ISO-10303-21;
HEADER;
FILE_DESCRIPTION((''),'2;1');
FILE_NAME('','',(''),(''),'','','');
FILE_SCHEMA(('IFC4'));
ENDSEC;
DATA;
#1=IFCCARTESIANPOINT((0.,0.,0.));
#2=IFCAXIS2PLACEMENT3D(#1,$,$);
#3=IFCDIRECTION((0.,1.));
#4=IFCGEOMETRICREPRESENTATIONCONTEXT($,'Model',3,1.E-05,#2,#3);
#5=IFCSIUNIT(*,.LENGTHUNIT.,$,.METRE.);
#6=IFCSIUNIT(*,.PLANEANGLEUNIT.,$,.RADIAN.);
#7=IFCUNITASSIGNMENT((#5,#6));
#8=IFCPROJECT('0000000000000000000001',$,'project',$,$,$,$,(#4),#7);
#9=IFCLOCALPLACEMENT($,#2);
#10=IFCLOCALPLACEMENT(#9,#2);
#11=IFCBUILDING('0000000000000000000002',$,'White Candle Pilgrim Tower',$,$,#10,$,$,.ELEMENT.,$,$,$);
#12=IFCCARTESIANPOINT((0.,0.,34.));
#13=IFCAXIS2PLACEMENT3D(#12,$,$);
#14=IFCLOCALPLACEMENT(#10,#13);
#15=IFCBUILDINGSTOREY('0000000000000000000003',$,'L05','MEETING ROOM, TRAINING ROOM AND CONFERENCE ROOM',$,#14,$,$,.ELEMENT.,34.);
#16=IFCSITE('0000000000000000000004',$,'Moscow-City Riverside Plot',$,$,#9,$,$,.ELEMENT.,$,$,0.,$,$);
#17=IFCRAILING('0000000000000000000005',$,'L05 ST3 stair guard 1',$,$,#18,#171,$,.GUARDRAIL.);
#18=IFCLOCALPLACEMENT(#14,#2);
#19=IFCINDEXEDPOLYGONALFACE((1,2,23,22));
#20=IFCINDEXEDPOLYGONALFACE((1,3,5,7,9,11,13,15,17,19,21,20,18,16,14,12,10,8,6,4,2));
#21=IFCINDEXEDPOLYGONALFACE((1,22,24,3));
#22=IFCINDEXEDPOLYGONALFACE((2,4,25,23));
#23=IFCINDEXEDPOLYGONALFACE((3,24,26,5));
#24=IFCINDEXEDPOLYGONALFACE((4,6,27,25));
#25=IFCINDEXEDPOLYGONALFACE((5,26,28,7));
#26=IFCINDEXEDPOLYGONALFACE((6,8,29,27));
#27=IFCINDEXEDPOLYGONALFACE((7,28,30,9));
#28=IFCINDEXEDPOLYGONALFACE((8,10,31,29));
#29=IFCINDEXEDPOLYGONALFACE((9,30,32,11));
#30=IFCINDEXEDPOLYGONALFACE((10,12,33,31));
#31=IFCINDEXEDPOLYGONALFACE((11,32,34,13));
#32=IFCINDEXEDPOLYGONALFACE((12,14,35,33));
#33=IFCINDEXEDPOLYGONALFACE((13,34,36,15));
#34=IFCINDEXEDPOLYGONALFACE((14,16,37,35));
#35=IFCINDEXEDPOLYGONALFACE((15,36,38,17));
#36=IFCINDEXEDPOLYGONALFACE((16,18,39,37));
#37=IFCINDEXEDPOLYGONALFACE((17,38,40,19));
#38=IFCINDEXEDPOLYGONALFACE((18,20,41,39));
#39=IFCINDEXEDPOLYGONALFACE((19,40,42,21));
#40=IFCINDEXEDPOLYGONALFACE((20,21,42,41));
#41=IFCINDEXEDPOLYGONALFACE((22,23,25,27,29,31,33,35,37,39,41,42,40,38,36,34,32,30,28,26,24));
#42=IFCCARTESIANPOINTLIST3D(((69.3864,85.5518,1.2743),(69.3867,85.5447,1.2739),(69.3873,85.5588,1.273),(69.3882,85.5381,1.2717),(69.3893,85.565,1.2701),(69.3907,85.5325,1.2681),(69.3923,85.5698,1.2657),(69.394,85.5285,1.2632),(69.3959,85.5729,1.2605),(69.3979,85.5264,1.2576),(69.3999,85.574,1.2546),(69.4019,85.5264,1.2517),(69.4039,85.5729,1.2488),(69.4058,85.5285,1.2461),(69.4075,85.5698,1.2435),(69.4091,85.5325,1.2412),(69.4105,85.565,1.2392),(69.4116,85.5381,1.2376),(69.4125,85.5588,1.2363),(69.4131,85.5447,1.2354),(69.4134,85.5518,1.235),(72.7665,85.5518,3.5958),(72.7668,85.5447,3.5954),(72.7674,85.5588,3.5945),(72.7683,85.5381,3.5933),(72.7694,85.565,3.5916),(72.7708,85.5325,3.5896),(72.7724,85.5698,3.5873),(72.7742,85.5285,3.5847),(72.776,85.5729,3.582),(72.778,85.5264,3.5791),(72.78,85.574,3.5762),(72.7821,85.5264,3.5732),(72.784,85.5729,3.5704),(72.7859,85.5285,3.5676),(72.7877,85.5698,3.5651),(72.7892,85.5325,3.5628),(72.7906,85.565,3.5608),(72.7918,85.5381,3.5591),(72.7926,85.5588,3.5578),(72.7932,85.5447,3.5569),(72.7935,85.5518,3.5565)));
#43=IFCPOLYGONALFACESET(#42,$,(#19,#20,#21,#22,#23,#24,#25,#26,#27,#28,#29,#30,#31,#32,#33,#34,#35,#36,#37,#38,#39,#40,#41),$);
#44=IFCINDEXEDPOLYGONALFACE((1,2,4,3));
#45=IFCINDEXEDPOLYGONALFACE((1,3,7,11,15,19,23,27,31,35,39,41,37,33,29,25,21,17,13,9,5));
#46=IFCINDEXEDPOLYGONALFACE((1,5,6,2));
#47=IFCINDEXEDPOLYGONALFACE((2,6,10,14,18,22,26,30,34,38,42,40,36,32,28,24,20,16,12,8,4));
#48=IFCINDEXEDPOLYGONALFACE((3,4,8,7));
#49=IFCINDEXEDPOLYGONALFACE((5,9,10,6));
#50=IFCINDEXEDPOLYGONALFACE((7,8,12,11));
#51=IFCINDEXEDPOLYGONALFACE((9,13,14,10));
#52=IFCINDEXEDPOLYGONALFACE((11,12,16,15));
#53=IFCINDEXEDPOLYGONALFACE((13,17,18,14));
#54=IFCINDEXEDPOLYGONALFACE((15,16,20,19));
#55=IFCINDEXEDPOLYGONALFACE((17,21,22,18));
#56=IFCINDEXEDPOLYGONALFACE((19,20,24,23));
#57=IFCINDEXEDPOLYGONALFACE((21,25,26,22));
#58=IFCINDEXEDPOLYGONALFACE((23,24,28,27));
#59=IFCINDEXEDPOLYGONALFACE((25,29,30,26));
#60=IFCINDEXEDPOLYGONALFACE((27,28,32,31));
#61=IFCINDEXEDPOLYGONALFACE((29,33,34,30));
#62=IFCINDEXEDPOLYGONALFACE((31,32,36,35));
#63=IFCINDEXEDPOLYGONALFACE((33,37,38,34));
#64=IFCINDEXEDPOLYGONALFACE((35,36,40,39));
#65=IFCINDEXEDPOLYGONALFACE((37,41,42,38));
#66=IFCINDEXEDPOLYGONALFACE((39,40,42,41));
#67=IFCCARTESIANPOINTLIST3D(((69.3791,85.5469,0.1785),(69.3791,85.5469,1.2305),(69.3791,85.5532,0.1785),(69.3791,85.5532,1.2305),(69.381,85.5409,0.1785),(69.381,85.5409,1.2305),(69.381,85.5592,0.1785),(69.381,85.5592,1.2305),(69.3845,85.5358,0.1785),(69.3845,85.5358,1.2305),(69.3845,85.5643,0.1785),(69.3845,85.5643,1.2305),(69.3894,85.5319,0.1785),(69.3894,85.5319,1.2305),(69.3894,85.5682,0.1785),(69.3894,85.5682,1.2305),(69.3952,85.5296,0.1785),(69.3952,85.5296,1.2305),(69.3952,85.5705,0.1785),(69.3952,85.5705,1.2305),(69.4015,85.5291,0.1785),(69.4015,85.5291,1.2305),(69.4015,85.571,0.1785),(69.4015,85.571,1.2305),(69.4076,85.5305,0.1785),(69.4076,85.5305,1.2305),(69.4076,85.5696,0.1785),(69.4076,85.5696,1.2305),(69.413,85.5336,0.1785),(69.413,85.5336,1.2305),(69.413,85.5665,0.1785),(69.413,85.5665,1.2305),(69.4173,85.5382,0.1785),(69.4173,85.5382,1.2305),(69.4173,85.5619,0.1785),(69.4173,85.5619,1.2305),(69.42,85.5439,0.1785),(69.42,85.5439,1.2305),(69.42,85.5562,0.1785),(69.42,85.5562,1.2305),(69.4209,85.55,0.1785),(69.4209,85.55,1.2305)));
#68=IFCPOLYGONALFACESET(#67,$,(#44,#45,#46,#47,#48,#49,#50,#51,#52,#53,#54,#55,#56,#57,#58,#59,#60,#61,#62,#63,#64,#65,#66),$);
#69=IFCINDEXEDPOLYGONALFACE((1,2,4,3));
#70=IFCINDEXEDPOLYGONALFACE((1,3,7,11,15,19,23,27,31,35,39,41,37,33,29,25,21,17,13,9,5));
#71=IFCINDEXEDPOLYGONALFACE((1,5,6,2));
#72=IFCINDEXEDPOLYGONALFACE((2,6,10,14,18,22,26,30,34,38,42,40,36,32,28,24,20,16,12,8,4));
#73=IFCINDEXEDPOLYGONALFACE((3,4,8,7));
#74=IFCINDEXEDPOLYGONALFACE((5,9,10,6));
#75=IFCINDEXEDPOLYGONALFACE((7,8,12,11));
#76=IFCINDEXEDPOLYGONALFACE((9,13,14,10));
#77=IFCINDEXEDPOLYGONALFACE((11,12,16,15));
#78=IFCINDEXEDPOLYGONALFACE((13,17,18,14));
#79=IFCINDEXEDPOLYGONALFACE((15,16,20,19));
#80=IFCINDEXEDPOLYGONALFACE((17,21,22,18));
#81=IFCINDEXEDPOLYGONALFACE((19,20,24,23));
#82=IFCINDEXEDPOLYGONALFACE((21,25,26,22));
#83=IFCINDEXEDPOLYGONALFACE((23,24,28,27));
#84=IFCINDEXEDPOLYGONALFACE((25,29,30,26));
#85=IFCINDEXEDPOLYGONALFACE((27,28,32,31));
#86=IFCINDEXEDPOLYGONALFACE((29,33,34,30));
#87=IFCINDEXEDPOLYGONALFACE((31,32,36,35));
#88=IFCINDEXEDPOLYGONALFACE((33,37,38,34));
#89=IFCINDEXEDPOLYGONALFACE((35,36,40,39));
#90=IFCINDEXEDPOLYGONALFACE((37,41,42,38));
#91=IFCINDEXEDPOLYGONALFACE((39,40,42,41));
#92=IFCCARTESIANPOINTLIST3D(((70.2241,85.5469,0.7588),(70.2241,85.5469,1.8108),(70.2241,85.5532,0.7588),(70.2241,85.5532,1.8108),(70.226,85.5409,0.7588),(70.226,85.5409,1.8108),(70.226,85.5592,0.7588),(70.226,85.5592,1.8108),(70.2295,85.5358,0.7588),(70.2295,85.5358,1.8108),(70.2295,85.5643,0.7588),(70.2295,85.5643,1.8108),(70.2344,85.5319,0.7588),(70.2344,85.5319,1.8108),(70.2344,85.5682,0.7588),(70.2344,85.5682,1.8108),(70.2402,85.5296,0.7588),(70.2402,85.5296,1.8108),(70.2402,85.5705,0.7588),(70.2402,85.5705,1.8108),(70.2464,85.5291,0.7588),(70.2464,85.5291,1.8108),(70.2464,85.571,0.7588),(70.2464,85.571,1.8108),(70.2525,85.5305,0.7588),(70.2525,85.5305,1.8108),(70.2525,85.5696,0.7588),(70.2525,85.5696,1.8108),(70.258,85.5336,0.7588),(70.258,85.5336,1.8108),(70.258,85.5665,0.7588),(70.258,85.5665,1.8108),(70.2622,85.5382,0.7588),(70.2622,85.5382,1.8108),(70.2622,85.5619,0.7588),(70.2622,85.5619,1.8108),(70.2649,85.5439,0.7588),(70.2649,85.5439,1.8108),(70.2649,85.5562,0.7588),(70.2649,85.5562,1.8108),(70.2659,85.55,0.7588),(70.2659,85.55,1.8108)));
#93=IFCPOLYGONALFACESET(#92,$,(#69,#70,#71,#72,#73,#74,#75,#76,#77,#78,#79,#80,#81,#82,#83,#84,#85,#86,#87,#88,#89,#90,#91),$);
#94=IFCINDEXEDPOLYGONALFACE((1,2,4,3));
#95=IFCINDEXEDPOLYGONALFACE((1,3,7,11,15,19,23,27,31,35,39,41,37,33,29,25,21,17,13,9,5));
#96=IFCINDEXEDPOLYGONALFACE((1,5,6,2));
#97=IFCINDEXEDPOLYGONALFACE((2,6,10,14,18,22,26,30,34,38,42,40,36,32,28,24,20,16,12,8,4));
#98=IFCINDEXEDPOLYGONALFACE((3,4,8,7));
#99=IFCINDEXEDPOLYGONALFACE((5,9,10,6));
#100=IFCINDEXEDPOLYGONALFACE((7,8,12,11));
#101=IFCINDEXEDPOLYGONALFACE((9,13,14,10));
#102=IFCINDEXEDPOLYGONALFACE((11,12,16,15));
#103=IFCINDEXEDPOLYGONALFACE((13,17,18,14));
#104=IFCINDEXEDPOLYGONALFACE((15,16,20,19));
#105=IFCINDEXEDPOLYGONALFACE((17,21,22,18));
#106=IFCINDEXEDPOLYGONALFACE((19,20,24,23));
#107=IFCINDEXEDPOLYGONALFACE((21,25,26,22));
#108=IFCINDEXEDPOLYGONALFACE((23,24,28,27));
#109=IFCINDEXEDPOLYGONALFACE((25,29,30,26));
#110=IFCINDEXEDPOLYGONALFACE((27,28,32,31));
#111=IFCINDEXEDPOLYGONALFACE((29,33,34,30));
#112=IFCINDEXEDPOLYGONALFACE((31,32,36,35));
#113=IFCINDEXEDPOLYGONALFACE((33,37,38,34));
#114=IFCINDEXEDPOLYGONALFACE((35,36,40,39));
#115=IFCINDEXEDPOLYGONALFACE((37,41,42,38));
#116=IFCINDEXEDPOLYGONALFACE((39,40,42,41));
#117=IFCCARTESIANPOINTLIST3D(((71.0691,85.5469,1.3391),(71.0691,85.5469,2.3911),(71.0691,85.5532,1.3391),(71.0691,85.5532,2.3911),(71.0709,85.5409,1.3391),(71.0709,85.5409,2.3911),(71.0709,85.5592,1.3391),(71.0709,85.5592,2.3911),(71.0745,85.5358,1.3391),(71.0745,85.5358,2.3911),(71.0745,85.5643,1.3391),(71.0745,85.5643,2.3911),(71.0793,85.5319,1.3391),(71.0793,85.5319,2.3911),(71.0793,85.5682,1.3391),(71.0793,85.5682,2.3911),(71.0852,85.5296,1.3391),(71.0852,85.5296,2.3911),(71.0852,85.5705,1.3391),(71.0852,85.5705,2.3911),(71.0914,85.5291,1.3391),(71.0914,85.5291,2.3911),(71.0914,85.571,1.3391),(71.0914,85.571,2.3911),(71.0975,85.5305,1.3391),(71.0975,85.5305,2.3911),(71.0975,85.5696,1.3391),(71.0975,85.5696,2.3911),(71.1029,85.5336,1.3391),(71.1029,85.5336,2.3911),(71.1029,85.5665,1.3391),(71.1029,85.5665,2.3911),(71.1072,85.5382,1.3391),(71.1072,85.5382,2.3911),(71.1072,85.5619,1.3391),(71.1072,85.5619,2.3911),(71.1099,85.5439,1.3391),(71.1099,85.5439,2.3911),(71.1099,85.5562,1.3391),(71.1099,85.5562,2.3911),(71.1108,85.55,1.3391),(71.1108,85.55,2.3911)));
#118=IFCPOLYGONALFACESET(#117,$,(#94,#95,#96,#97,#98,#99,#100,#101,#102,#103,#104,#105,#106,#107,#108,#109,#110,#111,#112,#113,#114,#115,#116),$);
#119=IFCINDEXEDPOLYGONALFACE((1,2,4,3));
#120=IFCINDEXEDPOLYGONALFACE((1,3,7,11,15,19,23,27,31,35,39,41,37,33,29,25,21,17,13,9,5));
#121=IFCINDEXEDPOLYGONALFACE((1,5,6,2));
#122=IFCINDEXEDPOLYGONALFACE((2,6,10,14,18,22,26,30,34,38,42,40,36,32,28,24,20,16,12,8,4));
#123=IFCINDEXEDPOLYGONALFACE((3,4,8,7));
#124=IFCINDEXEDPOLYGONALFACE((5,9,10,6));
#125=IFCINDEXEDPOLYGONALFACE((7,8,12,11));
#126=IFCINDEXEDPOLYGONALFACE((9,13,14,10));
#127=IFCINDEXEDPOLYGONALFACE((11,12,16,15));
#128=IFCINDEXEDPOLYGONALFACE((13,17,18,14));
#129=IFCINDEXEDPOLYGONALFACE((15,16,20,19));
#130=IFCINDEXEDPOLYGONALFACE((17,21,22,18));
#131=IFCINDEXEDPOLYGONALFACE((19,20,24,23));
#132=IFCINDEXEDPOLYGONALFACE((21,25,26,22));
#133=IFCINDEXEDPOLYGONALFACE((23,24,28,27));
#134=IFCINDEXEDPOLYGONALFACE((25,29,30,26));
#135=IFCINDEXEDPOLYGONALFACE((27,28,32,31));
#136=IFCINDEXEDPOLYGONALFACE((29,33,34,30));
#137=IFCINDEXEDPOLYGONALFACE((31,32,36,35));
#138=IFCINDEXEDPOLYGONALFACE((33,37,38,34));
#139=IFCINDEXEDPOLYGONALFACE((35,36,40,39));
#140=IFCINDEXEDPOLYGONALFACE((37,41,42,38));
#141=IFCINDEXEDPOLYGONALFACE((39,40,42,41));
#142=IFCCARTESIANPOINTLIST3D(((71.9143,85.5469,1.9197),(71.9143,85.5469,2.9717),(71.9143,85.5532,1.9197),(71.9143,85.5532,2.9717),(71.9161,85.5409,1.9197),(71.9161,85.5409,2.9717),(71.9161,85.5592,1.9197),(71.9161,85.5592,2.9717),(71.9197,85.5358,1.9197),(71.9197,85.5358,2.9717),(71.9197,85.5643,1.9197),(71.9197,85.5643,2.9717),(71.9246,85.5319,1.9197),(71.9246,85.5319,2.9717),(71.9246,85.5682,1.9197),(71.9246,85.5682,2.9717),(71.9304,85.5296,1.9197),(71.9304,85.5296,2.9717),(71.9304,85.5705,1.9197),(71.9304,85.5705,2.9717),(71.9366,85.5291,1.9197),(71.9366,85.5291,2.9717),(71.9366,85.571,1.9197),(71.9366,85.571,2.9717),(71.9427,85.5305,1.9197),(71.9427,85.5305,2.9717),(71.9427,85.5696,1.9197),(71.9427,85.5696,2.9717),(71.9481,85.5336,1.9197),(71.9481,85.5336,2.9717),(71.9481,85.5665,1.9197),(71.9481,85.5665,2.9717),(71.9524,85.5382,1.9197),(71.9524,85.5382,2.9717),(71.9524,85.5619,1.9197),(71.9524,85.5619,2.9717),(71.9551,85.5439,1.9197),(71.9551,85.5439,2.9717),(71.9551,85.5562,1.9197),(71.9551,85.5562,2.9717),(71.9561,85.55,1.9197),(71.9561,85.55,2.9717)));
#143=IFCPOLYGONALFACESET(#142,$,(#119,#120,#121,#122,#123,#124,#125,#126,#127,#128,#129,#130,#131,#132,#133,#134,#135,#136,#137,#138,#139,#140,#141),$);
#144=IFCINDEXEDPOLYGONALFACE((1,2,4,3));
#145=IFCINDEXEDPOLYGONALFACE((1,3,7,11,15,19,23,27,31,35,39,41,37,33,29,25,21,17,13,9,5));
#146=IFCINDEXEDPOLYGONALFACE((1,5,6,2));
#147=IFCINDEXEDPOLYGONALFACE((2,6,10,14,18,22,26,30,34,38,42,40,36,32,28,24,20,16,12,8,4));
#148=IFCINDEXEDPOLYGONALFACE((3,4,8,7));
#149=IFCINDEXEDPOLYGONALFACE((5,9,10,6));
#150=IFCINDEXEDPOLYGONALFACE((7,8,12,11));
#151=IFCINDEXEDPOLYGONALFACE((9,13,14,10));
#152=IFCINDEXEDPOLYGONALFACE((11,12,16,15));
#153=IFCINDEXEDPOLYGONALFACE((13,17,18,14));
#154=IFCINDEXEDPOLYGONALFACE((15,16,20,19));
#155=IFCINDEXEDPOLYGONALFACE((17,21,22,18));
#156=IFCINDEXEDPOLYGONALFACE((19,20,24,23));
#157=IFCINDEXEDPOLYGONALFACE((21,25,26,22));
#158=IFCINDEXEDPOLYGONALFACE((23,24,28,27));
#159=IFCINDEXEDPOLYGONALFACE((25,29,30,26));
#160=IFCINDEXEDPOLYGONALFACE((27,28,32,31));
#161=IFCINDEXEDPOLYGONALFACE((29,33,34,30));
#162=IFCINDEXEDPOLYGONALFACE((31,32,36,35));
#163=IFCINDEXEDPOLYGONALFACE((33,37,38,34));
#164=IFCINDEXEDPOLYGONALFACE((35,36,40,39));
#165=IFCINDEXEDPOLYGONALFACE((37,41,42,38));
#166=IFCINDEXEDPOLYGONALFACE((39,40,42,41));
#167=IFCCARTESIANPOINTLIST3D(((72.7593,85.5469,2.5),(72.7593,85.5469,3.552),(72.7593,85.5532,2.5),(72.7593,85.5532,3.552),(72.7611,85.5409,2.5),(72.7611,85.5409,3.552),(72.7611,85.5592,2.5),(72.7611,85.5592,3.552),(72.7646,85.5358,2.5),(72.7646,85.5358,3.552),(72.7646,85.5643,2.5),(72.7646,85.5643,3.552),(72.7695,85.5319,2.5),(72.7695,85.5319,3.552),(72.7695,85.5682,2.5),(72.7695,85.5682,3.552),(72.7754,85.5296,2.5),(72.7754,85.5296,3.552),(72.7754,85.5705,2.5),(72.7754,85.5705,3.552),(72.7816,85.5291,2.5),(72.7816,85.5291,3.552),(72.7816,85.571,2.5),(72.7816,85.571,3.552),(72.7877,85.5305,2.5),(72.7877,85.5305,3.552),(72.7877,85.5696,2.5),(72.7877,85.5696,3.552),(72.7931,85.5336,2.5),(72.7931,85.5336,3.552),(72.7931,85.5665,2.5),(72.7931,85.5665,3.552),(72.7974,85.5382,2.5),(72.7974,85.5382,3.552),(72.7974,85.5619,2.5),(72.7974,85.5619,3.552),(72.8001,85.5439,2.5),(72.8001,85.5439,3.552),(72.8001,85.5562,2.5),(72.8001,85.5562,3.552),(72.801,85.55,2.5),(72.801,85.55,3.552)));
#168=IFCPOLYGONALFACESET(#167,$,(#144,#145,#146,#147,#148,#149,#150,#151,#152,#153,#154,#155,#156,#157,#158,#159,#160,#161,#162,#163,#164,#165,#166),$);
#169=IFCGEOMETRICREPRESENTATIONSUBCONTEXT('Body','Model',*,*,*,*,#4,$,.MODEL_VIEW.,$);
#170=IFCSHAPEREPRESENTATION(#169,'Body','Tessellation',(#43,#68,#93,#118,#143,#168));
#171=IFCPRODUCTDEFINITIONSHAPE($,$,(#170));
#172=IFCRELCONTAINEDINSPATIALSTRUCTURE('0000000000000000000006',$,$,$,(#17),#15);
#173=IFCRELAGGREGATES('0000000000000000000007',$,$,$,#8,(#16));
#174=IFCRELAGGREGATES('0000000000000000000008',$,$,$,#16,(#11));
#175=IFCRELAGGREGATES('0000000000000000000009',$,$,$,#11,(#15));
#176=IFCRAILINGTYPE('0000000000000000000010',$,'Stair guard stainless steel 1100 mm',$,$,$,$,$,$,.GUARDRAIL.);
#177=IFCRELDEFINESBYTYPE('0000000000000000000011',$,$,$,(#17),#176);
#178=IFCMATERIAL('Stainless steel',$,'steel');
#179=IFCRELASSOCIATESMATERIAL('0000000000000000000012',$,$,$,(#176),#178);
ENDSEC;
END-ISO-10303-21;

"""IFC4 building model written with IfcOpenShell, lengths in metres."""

from ifc_helpers import new_model, si_unit, direction, frame, origin, origin_2d, place, context, subcontext, project, spatial, circle, extrude, material, type_object, element, save


model = new_model("IFC4")

# Units and contexts
model_context = context("Model", 3, precision=1e-05, world=origin(), true_north=direction((0.0, 1.0)))
body_context = subcontext(model_context, "Body", "Model", "MODEL_VIEW")
ifc_project = project(units=[si_unit("LENGTHUNIT", "METRE"), si_unit("PLANEANGLEUNIT", "RADIAN")], contexts=[model_context])

# Site, building, storey
site_placement = place(None, origin())
site = spatial("IfcSite", under=ifc_project, at=site_placement, Name="Moscow-City Riverside Plot", CompositionType="ELEMENT", RefElevation=0.0)
building_placement = place(site_placement, origin())
building = spatial("IfcBuilding", under=site, at=building_placement, Name="White Candle Pilgrim Tower", CompositionType="ELEMENT")
storey_placement = place(building_placement, frame((0.0, 0.0, 34.0)))
storey = spatial("IfcBuildingStorey", under=building, at=storey_placement, Name="L05", Description="MEETING ROOM, TRAINING ROOM AND CONFERENCE ROOM", CompositionType="ELEMENT", Elevation=34.0)

# Railing
ifc_material_1 = material(Name="Stainless steel", Category="steel")
railing_type_1 = type_object("IfcRailingType", Name="Stair guard stainless steel 1100 mm", PredefinedType="GUARDRAIL", material=ifc_material_1)
railing_1_placement = place(storey_placement, frame((69.3999, 85.55, 0.1785)))
element("IfcRailing", 1, at=railing_1_placement, inside=storey, type_object=railing_type_1, Name="L05 ST3 stair guard 1", PredefinedType="GUARDRAIL", context=body_context, shape_type="SweptSolid", body=[
    extrude(circle(Radius=0.0239, at=origin_2d()), frame((0.0, 0.0, 1.0762), z_axis=(0.824304, 0.0, 0.566147), x_axis=(0.0, 1.0, 0.0)), (0.0, 0.0, 1.0), 4.1006),
    extrude(circle(Radius=0.021, at=origin_2d()), origin(), (0.0, 0.0, 1.0), 1.052),
    extrude(circle(Radius=0.021, at=origin_2d()), frame((0.845, 0.0, 0.5803)), (0.0, 0.0, 1.0), 1.052),
    extrude(circle(Radius=0.021, at=origin_2d()), frame((1.6899, 0.0, 1.1606)), (0.0, 0.0, 1.0), 1.052),
    extrude(circle(Radius=0.021, at=origin_2d()), frame((2.5352, 0.0, 1.7412)), (0.0, 0.0, 1.0), 1.052),
    extrude(circle(Radius=0.021, at=origin_2d()), frame((3.3801, 0.0, 2.3215)), (0.0, 0.0, 1.0), 1.052),
])

save(model, "model.ifc")
